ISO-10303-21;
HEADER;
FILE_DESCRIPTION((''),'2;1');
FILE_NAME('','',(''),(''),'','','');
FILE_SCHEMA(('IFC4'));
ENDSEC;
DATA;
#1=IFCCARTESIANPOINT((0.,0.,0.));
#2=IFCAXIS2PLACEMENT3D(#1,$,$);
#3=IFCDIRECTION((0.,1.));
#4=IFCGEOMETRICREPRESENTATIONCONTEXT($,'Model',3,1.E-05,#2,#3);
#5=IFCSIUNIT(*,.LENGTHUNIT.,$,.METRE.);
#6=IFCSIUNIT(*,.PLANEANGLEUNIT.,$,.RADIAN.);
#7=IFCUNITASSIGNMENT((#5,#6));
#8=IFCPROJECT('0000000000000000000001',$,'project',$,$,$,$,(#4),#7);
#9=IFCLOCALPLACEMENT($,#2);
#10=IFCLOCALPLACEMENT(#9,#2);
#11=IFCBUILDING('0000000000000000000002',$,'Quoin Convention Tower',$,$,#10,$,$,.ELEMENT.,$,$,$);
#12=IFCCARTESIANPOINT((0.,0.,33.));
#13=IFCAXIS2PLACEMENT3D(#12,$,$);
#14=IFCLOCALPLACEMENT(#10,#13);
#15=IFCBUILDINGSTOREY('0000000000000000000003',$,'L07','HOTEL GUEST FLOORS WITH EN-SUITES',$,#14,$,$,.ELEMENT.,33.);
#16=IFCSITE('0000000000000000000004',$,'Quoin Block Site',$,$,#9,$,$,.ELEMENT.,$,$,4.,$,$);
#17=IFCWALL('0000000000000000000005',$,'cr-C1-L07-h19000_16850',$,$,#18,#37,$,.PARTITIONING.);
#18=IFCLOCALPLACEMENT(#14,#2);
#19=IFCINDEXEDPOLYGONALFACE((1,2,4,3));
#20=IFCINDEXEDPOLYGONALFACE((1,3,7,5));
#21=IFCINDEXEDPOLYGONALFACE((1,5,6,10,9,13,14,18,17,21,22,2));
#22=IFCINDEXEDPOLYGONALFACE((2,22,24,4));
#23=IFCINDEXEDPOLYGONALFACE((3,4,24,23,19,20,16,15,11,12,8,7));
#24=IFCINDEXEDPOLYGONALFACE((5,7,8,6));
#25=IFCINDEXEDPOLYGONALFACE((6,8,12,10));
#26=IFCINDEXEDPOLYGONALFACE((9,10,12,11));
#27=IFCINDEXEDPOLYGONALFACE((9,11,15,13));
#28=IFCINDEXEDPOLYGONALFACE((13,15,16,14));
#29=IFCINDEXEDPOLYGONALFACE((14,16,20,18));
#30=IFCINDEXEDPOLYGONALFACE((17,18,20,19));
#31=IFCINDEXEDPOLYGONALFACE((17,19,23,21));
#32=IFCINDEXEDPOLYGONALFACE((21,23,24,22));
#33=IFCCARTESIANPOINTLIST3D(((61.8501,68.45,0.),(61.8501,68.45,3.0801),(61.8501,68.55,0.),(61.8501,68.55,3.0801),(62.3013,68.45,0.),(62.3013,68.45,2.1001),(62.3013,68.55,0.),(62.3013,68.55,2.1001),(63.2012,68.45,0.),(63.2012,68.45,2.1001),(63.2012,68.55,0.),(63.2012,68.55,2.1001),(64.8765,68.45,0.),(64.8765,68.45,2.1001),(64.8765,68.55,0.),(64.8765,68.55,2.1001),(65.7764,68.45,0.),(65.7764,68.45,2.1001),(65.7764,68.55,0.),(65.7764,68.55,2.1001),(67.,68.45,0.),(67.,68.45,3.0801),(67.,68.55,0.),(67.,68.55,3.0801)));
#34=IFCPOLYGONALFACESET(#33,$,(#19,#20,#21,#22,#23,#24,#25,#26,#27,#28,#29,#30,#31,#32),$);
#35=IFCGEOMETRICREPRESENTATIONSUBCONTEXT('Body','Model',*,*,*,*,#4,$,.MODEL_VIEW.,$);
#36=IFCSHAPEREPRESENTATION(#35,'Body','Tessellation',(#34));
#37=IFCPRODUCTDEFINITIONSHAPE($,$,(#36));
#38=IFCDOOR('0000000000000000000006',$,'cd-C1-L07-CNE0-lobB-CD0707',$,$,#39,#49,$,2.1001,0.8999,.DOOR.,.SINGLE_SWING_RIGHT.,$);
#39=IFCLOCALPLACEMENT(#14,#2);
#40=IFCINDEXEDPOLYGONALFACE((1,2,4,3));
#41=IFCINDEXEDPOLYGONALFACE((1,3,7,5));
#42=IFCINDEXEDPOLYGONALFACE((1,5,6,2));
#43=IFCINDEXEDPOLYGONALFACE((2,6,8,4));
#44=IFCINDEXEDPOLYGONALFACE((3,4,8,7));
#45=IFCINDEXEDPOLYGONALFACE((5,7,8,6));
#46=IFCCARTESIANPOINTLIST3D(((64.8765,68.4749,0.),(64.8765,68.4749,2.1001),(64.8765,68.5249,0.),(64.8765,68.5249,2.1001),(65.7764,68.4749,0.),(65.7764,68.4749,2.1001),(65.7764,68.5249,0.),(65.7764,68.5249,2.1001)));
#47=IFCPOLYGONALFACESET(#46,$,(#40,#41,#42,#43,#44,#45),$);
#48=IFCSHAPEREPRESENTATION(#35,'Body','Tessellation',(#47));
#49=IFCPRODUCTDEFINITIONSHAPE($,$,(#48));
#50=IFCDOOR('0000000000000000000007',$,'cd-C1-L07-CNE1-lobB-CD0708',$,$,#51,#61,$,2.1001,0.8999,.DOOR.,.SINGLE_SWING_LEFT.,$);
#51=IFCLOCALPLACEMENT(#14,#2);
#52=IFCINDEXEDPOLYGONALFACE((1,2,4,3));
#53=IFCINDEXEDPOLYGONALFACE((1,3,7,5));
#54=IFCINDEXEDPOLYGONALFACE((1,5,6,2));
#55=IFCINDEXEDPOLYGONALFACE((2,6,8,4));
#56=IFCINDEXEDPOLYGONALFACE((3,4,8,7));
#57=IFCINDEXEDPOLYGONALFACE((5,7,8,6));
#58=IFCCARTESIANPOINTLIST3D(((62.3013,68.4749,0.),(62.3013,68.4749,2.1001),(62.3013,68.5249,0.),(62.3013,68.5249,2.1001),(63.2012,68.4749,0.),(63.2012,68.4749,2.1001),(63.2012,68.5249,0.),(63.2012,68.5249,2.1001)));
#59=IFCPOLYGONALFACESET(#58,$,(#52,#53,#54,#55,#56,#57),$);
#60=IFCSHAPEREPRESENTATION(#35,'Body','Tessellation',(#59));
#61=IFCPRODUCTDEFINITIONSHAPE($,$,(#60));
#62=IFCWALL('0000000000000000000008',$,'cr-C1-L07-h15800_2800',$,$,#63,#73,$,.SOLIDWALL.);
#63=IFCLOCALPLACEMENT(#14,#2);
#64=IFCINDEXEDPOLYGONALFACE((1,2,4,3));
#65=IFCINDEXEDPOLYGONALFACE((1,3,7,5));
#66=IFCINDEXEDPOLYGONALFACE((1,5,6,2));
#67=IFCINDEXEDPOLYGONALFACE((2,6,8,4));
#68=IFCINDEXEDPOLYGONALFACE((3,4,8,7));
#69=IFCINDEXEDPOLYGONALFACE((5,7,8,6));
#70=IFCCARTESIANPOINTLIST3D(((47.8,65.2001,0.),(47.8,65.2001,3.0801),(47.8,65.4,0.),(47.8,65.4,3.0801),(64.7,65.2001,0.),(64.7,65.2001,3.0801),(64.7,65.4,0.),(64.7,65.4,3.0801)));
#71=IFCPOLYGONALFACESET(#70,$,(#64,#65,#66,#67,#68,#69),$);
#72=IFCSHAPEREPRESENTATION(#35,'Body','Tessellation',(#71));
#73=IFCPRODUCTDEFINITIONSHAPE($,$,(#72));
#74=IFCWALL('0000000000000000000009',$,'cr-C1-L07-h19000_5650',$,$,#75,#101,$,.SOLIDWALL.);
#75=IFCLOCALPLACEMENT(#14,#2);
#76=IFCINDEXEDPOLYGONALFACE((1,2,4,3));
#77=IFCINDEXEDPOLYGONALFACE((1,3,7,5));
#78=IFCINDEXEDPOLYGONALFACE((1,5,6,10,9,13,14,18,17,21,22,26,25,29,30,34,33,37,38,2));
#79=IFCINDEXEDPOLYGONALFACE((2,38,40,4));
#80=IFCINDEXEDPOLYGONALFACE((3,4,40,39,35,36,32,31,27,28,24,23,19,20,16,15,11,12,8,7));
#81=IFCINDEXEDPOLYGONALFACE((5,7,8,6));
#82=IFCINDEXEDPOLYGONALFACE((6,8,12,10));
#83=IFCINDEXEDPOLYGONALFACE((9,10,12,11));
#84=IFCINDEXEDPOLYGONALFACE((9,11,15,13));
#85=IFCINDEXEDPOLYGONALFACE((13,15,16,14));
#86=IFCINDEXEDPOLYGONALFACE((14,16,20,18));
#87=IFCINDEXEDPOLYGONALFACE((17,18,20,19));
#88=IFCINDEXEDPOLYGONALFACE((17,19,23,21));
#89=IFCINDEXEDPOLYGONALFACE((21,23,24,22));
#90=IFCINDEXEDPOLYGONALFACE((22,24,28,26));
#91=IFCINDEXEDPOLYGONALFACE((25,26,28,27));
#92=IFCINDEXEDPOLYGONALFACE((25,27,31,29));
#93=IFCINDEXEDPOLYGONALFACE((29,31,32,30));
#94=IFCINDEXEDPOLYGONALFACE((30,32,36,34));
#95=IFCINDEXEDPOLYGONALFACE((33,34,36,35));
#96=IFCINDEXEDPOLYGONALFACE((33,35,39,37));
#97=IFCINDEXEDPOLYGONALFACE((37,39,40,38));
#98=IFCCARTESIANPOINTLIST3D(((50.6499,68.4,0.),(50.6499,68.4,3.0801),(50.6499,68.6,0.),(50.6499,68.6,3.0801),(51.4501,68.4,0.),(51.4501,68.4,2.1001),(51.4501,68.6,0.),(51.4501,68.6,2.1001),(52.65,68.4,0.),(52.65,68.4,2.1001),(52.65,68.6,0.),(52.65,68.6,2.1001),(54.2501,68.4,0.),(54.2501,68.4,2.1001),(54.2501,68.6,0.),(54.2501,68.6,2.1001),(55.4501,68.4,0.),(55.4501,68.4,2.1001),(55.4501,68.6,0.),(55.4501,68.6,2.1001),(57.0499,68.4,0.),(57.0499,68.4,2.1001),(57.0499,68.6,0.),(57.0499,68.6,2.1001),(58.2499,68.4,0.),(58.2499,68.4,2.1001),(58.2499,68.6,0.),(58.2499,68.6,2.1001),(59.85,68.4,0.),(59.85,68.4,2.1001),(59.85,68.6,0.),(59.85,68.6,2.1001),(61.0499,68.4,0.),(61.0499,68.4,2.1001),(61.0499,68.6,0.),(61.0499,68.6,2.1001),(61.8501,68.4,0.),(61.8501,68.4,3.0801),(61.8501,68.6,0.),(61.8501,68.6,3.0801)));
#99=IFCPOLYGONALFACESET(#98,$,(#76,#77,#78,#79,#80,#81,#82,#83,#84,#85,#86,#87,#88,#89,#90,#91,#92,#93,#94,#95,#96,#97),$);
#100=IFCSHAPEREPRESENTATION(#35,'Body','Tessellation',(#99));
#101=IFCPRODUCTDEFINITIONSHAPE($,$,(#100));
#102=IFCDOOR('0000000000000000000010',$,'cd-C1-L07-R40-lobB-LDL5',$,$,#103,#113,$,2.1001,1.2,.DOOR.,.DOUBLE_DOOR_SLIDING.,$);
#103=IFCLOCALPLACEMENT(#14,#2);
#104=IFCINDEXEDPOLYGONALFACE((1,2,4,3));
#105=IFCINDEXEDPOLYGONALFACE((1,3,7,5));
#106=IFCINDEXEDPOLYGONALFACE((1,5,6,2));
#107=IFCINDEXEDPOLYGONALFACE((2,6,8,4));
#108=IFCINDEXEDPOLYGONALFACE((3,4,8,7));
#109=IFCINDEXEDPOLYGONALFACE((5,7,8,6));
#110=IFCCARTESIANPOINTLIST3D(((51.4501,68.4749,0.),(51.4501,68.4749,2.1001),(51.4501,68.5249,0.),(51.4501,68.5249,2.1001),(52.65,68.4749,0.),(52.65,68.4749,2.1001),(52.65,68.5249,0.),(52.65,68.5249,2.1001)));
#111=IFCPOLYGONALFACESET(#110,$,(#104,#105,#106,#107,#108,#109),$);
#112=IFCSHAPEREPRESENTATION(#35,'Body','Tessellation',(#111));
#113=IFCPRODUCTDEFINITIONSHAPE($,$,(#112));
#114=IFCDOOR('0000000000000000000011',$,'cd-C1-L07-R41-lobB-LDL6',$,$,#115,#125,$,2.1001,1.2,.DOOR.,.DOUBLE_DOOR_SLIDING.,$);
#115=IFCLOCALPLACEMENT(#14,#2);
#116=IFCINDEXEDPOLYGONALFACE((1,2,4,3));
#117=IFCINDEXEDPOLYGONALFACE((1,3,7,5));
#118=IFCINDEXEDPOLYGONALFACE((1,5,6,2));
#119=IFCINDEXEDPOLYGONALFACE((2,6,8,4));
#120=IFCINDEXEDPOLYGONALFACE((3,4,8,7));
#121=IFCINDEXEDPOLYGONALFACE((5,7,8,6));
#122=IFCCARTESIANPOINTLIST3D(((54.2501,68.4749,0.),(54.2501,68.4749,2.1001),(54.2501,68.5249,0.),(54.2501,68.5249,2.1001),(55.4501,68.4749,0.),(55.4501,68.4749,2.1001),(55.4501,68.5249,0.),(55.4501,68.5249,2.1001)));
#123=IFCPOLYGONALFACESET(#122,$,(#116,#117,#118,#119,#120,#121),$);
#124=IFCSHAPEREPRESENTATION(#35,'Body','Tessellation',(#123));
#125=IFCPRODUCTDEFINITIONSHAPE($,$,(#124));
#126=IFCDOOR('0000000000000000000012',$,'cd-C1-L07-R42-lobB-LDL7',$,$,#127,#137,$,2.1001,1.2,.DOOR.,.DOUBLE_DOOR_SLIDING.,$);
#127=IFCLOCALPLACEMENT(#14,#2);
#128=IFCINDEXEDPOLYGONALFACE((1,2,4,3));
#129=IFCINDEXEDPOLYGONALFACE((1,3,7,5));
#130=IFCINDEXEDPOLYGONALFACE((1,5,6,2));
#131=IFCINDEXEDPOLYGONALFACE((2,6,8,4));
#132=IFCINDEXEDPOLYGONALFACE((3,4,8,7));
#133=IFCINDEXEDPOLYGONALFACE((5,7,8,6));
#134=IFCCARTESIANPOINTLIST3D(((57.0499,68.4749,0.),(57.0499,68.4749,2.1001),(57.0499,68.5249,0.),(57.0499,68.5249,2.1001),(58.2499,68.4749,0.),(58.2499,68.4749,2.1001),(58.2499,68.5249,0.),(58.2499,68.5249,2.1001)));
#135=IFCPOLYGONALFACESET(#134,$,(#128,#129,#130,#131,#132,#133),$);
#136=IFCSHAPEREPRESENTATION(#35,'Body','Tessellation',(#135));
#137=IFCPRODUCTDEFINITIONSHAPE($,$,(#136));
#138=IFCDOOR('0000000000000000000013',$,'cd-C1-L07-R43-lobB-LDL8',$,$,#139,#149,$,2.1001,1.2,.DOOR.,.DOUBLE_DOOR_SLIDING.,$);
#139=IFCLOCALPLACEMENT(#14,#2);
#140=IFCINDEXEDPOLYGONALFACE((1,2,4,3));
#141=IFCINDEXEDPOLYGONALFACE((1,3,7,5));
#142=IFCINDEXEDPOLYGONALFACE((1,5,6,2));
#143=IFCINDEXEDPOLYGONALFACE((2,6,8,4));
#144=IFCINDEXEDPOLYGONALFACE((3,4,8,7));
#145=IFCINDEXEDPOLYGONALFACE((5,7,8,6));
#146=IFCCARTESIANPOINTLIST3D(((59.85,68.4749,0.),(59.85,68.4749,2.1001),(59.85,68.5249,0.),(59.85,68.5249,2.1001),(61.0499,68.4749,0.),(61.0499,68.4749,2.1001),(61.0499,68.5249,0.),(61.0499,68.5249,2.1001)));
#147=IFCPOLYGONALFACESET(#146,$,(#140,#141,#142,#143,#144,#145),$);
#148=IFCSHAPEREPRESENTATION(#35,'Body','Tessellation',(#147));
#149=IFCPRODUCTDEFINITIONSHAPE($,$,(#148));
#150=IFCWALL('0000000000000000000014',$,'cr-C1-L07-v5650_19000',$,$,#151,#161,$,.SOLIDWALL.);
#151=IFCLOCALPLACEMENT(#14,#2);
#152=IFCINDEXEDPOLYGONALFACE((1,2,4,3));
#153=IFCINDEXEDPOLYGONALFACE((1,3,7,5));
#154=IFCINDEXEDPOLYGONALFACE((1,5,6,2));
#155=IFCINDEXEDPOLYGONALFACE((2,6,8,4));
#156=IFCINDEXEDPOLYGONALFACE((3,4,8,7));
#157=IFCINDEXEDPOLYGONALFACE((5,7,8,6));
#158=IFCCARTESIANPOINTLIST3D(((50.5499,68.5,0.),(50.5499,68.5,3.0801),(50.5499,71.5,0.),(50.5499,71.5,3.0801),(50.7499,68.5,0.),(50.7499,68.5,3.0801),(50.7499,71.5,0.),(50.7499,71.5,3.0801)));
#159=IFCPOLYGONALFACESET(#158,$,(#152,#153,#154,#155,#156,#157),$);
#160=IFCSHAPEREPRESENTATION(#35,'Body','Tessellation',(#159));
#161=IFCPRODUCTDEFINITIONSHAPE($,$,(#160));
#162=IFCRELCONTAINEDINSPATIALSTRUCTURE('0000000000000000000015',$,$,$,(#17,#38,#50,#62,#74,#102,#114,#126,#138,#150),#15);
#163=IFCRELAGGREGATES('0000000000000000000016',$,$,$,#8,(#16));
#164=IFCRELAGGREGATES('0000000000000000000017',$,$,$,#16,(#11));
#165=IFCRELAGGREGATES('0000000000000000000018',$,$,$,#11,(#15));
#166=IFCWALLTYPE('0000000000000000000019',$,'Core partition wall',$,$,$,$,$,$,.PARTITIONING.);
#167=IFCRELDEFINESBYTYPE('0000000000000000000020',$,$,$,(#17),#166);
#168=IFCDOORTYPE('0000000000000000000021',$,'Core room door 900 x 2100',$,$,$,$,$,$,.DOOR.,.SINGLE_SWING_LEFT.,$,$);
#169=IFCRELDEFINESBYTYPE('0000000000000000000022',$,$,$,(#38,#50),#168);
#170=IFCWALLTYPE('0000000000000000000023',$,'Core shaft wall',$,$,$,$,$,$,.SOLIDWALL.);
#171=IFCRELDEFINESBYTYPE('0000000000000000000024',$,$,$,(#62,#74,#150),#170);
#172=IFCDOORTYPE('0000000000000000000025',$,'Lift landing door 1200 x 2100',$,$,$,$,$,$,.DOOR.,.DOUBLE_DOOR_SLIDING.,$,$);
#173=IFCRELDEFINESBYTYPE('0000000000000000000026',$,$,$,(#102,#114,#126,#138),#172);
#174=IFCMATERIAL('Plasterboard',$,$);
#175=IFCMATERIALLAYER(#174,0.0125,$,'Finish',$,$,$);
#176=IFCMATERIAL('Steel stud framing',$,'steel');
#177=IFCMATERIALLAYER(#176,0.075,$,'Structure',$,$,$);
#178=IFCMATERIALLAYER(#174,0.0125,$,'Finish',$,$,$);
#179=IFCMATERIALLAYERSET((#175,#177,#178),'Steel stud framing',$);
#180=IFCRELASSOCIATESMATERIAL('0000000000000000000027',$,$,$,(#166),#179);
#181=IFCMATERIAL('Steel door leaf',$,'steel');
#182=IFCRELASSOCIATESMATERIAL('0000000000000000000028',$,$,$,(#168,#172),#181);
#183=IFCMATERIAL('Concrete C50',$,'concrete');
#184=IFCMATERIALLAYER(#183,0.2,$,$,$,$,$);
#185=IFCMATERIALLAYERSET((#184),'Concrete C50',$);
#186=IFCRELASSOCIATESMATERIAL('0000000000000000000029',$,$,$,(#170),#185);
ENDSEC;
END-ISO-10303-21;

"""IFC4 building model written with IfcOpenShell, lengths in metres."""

from ifc_helpers import new_model, si_unit, direction, frame, frame_2d, origin, place, context, subcontext, project, spatial, rectangle, extrude, material, layer, layer_set, type_object, element, fill, save


model = new_model("IFC4")

# Units and contexts
model_context = context("Model", 3, precision=1e-05, world=origin(), true_north=direction((0.0, 1.0)))
body_context = subcontext(model_context, "Body", "Model", "MODEL_VIEW")
ifc_project = project(units=[si_unit("LENGTHUNIT", "METRE"), si_unit("PLANEANGLEUNIT", "RADIAN")], contexts=[model_context])

# Site, building, storey
site_placement = place(None, origin())
site = spatial("IfcSite", under=ifc_project, at=site_placement, Name="Quoin Block Site", CompositionType="ELEMENT", RefElevation=4.0)
building_placement = place(site_placement, origin())
building = spatial("IfcBuilding", under=site, at=building_placement, Name="Quoin Convention Tower", CompositionType="ELEMENT")
storey_placement = place(building_placement, frame((0.0, 0.0, 33.0)))
storey = spatial("IfcBuildingStorey", under=building, at=storey_placement, Name="L07", Description="HOTEL GUEST FLOORS WITH EN-SUITES", CompositionType="ELEMENT", Elevation=33.0)

# Wall, openings, doors
ifc_material_1 = material(Name="Plasterboard")
ifc_layer_1 = layer(ifc_material_1, 0.0125, Name="Finish")
ifc_material_2 = material(Name="Steel stud framing", Category="steel")
ifc_layer_2 = layer(ifc_material_2, 0.075, Name="Structure")
ifc_layer_3 = layer(ifc_material_1, 0.0125, Name="Finish")
ifc_layer_set_1 = layer_set([ifc_layer_1, ifc_layer_2, ifc_layer_3], Name="Steel stud framing")
wall_type_1 = type_object("IfcWallType", Name="Core partition wall", PredefinedType="PARTITIONING", material=ifc_layer_set_1)
wall_1_placement = place(storey_placement, frame((61.8501, 68.5, 0.0), z_axis=(0.0, 0.0, 1.0), x_axis=(1.0, 0.0, 0.0)))
wall_1 = element("IfcWall", 1, at=wall_1_placement, inside=storey, type_object=wall_type_1, Name="cr-C1-L07-h19000_16850", PredefinedType="PARTITIONING", context=body_context, shape_type="SweptSolid", body=[
    extrude(rectangle(XDim=5.1499, YDim=0.1001, at=frame_2d((2.575, 0.0))), origin(), (0.0, 0.0, 1.0), 3.0801),
])
opening_1_placement = place(wall_1_placement, frame((3.0264, 0.0, 0.0)))
opening_1 = element("IfcOpeningElement", 2, at=opening_1_placement, cuts=wall_1, PredefinedType="OPENING", context=body_context, shape_type="SweptSolid", body=[
    extrude(rectangle(XDim=0.8999, YDim=2.1001, at=frame_2d((0.45, 1.05))), frame((0.0, 0.0601, 0.0), z_axis=(0.0, -1.0, 0.0), x_axis=(1.0, 0.0, 0.0)), (0.0, 0.0, 1.0), 0.1201),
])
opening_2_placement = place(wall_1_placement, frame((0.4512, 0.0, 0.0)))
opening_2 = element("IfcOpeningElement", 3, at=opening_2_placement, cuts=wall_1, PredefinedType="OPENING", context=body_context, shape_type="SweptSolid", body=[
    extrude(rectangle(XDim=0.8999, YDim=2.1001, at=frame_2d((0.45, 1.05))), frame((0.0, 0.0601, 0.0), z_axis=(0.0, -1.0, 0.0), x_axis=(1.0, 0.0, 0.0)), (0.0, 0.0, 1.0), 0.1201),
])
ifc_material_3 = material(Name="Steel door leaf", Category="steel")
door_type_1 = type_object("IfcDoorType", Name="Core room door 900 x 2100", OperationType="SINGLE_SWING_LEFT", PredefinedType="DOOR", material=ifc_material_3)
door_1_placement = place(opening_1_placement, origin())
door_1 = element("IfcDoor", 4, at=door_1_placement, inside=storey, type_object=door_type_1, Name="cd-C1-L07-CNE0-lobB-CD0707", OperationType="SINGLE_SWING_RIGHT", OverallHeight=2.1001, OverallWidth=0.8999, PredefinedType="DOOR", context=body_context, shape_type="SweptSolid", body=[
    extrude(rectangle(XDim=0.8999, YDim=2.1001, at=frame_2d((0.45, 1.05))), frame((0.0, 0.0249, 0.0), z_axis=(0.0, -1.0, 0.0), x_axis=(1.0, 0.0, 0.0)), (0.0, 0.0, 1.0), 0.05),
])
fill(opening_1, door_1)
door_2_placement = place(opening_2_placement, origin())
door_2 = element("IfcDoor", 5, at=door_2_placement, inside=storey, type_object=door_type_1, Name="cd-C1-L07-CNE1-lobB-CD0708", OperationType="SINGLE_SWING_LEFT", OverallHeight=2.1001, OverallWidth=0.8999, PredefinedType="DOOR", context=body_context, shape_type="SweptSolid", body=[
    extrude(rectangle(XDim=0.8999, YDim=2.1001, at=frame_2d((0.45, 1.05))), frame((0.0, 0.0249, 0.0), z_axis=(0.0, -1.0, 0.0), x_axis=(1.0, 0.0, 0.0)), (0.0, 0.0, 1.0), 0.05),
])
fill(opening_2, door_2)

# Wall
ifc_material_4 = material(Name="Concrete C50", Category="concrete")
ifc_layer_4 = layer(ifc_material_4, 0.2)
ifc_layer_set_2 = layer_set([ifc_layer_4], Name="Concrete C50")
wall_type_2 = type_object("IfcWallType", Name="Core shaft wall", PredefinedType="SOLIDWALL", material=ifc_layer_set_2)
wall_2_placement = place(storey_placement, frame((47.8, 65.3, 0.0), z_axis=(0.0, 0.0, 1.0), x_axis=(1.0, 0.0, 0.0)))
element("IfcWall", 6, at=wall_2_placement, inside=storey, type_object=wall_type_2, Name="cr-C1-L07-h15800_2800", PredefinedType="SOLIDWALL", context=body_context, shape_type="SweptSolid", body=[
    extrude(rectangle(XDim=16.8999, YDim=0.2, at=frame_2d((8.45, 0.0))), origin(), (0.0, 0.0, 1.0), 3.0801),
])

# Wall, openings, doors
wall_3_placement = place(storey_placement, frame((50.6499, 68.5, 0.0), z_axis=(0.0, 0.0, 1.0), x_axis=(1.0, 0.0, 0.0)))
wall_3 = element("IfcWall", 7, at=wall_3_placement, inside=storey, type_object=wall_type_2, Name="cr-C1-L07-h19000_5650", PredefinedType="SOLIDWALL", context=body_context, shape_type="SweptSolid", body=[
    extrude(rectangle(XDim=11.2002, YDim=0.2, at=frame_2d((5.6001, 0.0))), origin(), (0.0, 0.0, 1.0), 3.0801),
])
opening_3_placement = place(wall_3_placement, frame((0.8, 0.0, 0.0)))
opening_3 = element("IfcOpeningElement", 8, at=opening_3_placement, cuts=wall_3, PredefinedType="OPENING", context=body_context, shape_type="SweptSolid", body=[
    extrude(rectangle(XDim=1.2, YDim=2.1001, at=frame_2d((0.6001, 1.05))), frame((0.0, 0.1099, 0.0), z_axis=(0.0, -1.0, 0.0), x_axis=(1.0, 0.0, 0.0)), (0.0, 0.0, 1.0), 0.22),
])
opening_4_placement = place(wall_3_placement, frame((3.6001, 0.0, 0.0)))
opening_4 = element("IfcOpeningElement", 9, at=opening_4_placement, cuts=wall_3, PredefinedType="OPENING", context=body_context, shape_type="SweptSolid", body=[
    extrude(rectangle(XDim=1.2, YDim=2.1001, at=frame_2d((0.6001, 1.05))), frame((0.0, 0.1099, 0.0), z_axis=(0.0, -1.0, 0.0), x_axis=(1.0, 0.0, 0.0)), (0.0, 0.0, 1.0), 0.22),
])
opening_5_placement = place(wall_3_placement, frame((6.3999, 0.0, 0.0)))
opening_5 = element("IfcOpeningElement", 10, at=opening_5_placement, cuts=wall_3, PredefinedType="OPENING", context=body_context, shape_type="SweptSolid", body=[
    extrude(rectangle(XDim=1.2, YDim=2.1001, at=frame_2d((0.6001, 1.05))), frame((0.0, 0.1099, 0.0), z_axis=(0.0, -1.0, 0.0), x_axis=(1.0, 0.0, 0.0)), (0.0, 0.0, 1.0), 0.22),
])
opening_6_placement = place(wall_3_placement, frame((9.2, 0.0, 0.0)))
opening_6 = element("IfcOpeningElement", 11, at=opening_6_placement, cuts=wall_3, PredefinedType="OPENING", context=body_context, shape_type="SweptSolid", body=[
    extrude(rectangle(XDim=1.2, YDim=2.1001, at=frame_2d((0.6001, 1.05))), frame((0.0, 0.1099, 0.0), z_axis=(0.0, -1.0, 0.0), x_axis=(1.0, 0.0, 0.0)), (0.0, 0.0, 1.0), 0.22),
])
door_type_2 = type_object("IfcDoorType", Name="Lift landing door 1200 x 2100", OperationType="DOUBLE_DOOR_SLIDING", PredefinedType="DOOR", material=ifc_material_3)
door_3_placement = place(opening_3_placement, origin())
door_3 = element("IfcDoor", 12, at=door_3_placement, inside=storey, type_object=door_type_2, Name="cd-C1-L07-R40-lobB-LDL5", OperationType="DOUBLE_DOOR_SLIDING", OverallHeight=2.1001, OverallWidth=1.2, PredefinedType="DOOR", context=body_context, shape_type="SweptSolid", body=[
    extrude(rectangle(XDim=1.2, YDim=2.1001, at=frame_2d((0.6001, 1.05))), frame((0.0, 0.0249, 0.0), z_axis=(0.0, -1.0, 0.0), x_axis=(1.0, 0.0, 0.0)), (0.0, 0.0, 1.0), 0.05),
])
fill(opening_3, door_3)
door_4_placement = place(opening_4_placement, origin())
door_4 = element("IfcDoor", 13, at=door_4_placement, inside=storey, type_object=door_type_2, Name="cd-C1-L07-R41-lobB-LDL6", OperationType="DOUBLE_DOOR_SLIDING", OverallHeight=2.1001, OverallWidth=1.2, PredefinedType="DOOR", context=body_context, shape_type="SweptSolid", body=[
    extrude(rectangle(XDim=1.2, YDim=2.1001, at=frame_2d((0.6001, 1.05))), frame((0.0, 0.0249, 0.0), z_axis=(0.0, -1.0, 0.0), x_axis=(1.0, 0.0, 0.0)), (0.0, 0.0, 1.0), 0.05),
])
fill(opening_4, door_4)
door_5_placement = place(opening_5_placement, origin())
door_5 = element("IfcDoor", 14, at=door_5_placement, inside=storey, type_object=door_type_2, Name="cd-C1-L07-R42-lobB-LDL7", OperationType="DOUBLE_DOOR_SLIDING", OverallHeight=2.1001, OverallWidth=1.2, PredefinedType="DOOR", context=body_context, shape_type="SweptSolid", body=[
    extrude(rectangle(XDim=1.2, YDim=2.1001, at=frame_2d((0.6001, 1.05))), frame((0.0, 0.0249, 0.0), z_axis=(0.0, -1.0, 0.0), x_axis=(1.0, 0.0, 0.0)), (0.0, 0.0, 1.0), 0.05),
])
fill(opening_5, door_5)
door_6_placement = place(opening_6_placement, origin())
door_6 = element("IfcDoor", 15, at=door_6_placement, inside=storey, type_object=door_type_2, Name="cd-C1-L07-R43-lobB-LDL8", OperationType="DOUBLE_DOOR_SLIDING", OverallHeight=2.1001, OverallWidth=1.2, PredefinedType="DOOR", context=body_context, shape_type="SweptSolid", body=[
    extrude(rectangle(XDim=1.2, YDim=2.1001, at=frame_2d((0.6001, 1.05))), frame((0.0, 0.0249, 0.0), z_axis=(0.0, -1.0, 0.0), x_axis=(1.0, 0.0, 0.0)), (0.0, 0.0, 1.0), 0.05),
])
fill(opening_6, door_6)

# Wall
for number, where, z_axis, x_axis, name in (
    (16, (50.6499, 68.5, 0.0), (0.0, 0.0, 1.0), (0.0, 1.0, 0.0), "cr-C1-L07-v5650_19000"),
):
    element("IfcWall", number, at=place(storey_placement, frame(where, z_axis=z_axis, x_axis=x_axis)), inside=storey, type_object=wall_type_2, Name=name, PredefinedType="SOLIDWALL", context=body_context, shape_type="SweptSolid", body=[
        extrude(rectangle(XDim=3.0, YDim=0.2, at=frame_2d((1.5, 0.0))), origin(), (0.0, 0.0, 1.0), 3.0801),
    ])

save(model, "model.ifc")
